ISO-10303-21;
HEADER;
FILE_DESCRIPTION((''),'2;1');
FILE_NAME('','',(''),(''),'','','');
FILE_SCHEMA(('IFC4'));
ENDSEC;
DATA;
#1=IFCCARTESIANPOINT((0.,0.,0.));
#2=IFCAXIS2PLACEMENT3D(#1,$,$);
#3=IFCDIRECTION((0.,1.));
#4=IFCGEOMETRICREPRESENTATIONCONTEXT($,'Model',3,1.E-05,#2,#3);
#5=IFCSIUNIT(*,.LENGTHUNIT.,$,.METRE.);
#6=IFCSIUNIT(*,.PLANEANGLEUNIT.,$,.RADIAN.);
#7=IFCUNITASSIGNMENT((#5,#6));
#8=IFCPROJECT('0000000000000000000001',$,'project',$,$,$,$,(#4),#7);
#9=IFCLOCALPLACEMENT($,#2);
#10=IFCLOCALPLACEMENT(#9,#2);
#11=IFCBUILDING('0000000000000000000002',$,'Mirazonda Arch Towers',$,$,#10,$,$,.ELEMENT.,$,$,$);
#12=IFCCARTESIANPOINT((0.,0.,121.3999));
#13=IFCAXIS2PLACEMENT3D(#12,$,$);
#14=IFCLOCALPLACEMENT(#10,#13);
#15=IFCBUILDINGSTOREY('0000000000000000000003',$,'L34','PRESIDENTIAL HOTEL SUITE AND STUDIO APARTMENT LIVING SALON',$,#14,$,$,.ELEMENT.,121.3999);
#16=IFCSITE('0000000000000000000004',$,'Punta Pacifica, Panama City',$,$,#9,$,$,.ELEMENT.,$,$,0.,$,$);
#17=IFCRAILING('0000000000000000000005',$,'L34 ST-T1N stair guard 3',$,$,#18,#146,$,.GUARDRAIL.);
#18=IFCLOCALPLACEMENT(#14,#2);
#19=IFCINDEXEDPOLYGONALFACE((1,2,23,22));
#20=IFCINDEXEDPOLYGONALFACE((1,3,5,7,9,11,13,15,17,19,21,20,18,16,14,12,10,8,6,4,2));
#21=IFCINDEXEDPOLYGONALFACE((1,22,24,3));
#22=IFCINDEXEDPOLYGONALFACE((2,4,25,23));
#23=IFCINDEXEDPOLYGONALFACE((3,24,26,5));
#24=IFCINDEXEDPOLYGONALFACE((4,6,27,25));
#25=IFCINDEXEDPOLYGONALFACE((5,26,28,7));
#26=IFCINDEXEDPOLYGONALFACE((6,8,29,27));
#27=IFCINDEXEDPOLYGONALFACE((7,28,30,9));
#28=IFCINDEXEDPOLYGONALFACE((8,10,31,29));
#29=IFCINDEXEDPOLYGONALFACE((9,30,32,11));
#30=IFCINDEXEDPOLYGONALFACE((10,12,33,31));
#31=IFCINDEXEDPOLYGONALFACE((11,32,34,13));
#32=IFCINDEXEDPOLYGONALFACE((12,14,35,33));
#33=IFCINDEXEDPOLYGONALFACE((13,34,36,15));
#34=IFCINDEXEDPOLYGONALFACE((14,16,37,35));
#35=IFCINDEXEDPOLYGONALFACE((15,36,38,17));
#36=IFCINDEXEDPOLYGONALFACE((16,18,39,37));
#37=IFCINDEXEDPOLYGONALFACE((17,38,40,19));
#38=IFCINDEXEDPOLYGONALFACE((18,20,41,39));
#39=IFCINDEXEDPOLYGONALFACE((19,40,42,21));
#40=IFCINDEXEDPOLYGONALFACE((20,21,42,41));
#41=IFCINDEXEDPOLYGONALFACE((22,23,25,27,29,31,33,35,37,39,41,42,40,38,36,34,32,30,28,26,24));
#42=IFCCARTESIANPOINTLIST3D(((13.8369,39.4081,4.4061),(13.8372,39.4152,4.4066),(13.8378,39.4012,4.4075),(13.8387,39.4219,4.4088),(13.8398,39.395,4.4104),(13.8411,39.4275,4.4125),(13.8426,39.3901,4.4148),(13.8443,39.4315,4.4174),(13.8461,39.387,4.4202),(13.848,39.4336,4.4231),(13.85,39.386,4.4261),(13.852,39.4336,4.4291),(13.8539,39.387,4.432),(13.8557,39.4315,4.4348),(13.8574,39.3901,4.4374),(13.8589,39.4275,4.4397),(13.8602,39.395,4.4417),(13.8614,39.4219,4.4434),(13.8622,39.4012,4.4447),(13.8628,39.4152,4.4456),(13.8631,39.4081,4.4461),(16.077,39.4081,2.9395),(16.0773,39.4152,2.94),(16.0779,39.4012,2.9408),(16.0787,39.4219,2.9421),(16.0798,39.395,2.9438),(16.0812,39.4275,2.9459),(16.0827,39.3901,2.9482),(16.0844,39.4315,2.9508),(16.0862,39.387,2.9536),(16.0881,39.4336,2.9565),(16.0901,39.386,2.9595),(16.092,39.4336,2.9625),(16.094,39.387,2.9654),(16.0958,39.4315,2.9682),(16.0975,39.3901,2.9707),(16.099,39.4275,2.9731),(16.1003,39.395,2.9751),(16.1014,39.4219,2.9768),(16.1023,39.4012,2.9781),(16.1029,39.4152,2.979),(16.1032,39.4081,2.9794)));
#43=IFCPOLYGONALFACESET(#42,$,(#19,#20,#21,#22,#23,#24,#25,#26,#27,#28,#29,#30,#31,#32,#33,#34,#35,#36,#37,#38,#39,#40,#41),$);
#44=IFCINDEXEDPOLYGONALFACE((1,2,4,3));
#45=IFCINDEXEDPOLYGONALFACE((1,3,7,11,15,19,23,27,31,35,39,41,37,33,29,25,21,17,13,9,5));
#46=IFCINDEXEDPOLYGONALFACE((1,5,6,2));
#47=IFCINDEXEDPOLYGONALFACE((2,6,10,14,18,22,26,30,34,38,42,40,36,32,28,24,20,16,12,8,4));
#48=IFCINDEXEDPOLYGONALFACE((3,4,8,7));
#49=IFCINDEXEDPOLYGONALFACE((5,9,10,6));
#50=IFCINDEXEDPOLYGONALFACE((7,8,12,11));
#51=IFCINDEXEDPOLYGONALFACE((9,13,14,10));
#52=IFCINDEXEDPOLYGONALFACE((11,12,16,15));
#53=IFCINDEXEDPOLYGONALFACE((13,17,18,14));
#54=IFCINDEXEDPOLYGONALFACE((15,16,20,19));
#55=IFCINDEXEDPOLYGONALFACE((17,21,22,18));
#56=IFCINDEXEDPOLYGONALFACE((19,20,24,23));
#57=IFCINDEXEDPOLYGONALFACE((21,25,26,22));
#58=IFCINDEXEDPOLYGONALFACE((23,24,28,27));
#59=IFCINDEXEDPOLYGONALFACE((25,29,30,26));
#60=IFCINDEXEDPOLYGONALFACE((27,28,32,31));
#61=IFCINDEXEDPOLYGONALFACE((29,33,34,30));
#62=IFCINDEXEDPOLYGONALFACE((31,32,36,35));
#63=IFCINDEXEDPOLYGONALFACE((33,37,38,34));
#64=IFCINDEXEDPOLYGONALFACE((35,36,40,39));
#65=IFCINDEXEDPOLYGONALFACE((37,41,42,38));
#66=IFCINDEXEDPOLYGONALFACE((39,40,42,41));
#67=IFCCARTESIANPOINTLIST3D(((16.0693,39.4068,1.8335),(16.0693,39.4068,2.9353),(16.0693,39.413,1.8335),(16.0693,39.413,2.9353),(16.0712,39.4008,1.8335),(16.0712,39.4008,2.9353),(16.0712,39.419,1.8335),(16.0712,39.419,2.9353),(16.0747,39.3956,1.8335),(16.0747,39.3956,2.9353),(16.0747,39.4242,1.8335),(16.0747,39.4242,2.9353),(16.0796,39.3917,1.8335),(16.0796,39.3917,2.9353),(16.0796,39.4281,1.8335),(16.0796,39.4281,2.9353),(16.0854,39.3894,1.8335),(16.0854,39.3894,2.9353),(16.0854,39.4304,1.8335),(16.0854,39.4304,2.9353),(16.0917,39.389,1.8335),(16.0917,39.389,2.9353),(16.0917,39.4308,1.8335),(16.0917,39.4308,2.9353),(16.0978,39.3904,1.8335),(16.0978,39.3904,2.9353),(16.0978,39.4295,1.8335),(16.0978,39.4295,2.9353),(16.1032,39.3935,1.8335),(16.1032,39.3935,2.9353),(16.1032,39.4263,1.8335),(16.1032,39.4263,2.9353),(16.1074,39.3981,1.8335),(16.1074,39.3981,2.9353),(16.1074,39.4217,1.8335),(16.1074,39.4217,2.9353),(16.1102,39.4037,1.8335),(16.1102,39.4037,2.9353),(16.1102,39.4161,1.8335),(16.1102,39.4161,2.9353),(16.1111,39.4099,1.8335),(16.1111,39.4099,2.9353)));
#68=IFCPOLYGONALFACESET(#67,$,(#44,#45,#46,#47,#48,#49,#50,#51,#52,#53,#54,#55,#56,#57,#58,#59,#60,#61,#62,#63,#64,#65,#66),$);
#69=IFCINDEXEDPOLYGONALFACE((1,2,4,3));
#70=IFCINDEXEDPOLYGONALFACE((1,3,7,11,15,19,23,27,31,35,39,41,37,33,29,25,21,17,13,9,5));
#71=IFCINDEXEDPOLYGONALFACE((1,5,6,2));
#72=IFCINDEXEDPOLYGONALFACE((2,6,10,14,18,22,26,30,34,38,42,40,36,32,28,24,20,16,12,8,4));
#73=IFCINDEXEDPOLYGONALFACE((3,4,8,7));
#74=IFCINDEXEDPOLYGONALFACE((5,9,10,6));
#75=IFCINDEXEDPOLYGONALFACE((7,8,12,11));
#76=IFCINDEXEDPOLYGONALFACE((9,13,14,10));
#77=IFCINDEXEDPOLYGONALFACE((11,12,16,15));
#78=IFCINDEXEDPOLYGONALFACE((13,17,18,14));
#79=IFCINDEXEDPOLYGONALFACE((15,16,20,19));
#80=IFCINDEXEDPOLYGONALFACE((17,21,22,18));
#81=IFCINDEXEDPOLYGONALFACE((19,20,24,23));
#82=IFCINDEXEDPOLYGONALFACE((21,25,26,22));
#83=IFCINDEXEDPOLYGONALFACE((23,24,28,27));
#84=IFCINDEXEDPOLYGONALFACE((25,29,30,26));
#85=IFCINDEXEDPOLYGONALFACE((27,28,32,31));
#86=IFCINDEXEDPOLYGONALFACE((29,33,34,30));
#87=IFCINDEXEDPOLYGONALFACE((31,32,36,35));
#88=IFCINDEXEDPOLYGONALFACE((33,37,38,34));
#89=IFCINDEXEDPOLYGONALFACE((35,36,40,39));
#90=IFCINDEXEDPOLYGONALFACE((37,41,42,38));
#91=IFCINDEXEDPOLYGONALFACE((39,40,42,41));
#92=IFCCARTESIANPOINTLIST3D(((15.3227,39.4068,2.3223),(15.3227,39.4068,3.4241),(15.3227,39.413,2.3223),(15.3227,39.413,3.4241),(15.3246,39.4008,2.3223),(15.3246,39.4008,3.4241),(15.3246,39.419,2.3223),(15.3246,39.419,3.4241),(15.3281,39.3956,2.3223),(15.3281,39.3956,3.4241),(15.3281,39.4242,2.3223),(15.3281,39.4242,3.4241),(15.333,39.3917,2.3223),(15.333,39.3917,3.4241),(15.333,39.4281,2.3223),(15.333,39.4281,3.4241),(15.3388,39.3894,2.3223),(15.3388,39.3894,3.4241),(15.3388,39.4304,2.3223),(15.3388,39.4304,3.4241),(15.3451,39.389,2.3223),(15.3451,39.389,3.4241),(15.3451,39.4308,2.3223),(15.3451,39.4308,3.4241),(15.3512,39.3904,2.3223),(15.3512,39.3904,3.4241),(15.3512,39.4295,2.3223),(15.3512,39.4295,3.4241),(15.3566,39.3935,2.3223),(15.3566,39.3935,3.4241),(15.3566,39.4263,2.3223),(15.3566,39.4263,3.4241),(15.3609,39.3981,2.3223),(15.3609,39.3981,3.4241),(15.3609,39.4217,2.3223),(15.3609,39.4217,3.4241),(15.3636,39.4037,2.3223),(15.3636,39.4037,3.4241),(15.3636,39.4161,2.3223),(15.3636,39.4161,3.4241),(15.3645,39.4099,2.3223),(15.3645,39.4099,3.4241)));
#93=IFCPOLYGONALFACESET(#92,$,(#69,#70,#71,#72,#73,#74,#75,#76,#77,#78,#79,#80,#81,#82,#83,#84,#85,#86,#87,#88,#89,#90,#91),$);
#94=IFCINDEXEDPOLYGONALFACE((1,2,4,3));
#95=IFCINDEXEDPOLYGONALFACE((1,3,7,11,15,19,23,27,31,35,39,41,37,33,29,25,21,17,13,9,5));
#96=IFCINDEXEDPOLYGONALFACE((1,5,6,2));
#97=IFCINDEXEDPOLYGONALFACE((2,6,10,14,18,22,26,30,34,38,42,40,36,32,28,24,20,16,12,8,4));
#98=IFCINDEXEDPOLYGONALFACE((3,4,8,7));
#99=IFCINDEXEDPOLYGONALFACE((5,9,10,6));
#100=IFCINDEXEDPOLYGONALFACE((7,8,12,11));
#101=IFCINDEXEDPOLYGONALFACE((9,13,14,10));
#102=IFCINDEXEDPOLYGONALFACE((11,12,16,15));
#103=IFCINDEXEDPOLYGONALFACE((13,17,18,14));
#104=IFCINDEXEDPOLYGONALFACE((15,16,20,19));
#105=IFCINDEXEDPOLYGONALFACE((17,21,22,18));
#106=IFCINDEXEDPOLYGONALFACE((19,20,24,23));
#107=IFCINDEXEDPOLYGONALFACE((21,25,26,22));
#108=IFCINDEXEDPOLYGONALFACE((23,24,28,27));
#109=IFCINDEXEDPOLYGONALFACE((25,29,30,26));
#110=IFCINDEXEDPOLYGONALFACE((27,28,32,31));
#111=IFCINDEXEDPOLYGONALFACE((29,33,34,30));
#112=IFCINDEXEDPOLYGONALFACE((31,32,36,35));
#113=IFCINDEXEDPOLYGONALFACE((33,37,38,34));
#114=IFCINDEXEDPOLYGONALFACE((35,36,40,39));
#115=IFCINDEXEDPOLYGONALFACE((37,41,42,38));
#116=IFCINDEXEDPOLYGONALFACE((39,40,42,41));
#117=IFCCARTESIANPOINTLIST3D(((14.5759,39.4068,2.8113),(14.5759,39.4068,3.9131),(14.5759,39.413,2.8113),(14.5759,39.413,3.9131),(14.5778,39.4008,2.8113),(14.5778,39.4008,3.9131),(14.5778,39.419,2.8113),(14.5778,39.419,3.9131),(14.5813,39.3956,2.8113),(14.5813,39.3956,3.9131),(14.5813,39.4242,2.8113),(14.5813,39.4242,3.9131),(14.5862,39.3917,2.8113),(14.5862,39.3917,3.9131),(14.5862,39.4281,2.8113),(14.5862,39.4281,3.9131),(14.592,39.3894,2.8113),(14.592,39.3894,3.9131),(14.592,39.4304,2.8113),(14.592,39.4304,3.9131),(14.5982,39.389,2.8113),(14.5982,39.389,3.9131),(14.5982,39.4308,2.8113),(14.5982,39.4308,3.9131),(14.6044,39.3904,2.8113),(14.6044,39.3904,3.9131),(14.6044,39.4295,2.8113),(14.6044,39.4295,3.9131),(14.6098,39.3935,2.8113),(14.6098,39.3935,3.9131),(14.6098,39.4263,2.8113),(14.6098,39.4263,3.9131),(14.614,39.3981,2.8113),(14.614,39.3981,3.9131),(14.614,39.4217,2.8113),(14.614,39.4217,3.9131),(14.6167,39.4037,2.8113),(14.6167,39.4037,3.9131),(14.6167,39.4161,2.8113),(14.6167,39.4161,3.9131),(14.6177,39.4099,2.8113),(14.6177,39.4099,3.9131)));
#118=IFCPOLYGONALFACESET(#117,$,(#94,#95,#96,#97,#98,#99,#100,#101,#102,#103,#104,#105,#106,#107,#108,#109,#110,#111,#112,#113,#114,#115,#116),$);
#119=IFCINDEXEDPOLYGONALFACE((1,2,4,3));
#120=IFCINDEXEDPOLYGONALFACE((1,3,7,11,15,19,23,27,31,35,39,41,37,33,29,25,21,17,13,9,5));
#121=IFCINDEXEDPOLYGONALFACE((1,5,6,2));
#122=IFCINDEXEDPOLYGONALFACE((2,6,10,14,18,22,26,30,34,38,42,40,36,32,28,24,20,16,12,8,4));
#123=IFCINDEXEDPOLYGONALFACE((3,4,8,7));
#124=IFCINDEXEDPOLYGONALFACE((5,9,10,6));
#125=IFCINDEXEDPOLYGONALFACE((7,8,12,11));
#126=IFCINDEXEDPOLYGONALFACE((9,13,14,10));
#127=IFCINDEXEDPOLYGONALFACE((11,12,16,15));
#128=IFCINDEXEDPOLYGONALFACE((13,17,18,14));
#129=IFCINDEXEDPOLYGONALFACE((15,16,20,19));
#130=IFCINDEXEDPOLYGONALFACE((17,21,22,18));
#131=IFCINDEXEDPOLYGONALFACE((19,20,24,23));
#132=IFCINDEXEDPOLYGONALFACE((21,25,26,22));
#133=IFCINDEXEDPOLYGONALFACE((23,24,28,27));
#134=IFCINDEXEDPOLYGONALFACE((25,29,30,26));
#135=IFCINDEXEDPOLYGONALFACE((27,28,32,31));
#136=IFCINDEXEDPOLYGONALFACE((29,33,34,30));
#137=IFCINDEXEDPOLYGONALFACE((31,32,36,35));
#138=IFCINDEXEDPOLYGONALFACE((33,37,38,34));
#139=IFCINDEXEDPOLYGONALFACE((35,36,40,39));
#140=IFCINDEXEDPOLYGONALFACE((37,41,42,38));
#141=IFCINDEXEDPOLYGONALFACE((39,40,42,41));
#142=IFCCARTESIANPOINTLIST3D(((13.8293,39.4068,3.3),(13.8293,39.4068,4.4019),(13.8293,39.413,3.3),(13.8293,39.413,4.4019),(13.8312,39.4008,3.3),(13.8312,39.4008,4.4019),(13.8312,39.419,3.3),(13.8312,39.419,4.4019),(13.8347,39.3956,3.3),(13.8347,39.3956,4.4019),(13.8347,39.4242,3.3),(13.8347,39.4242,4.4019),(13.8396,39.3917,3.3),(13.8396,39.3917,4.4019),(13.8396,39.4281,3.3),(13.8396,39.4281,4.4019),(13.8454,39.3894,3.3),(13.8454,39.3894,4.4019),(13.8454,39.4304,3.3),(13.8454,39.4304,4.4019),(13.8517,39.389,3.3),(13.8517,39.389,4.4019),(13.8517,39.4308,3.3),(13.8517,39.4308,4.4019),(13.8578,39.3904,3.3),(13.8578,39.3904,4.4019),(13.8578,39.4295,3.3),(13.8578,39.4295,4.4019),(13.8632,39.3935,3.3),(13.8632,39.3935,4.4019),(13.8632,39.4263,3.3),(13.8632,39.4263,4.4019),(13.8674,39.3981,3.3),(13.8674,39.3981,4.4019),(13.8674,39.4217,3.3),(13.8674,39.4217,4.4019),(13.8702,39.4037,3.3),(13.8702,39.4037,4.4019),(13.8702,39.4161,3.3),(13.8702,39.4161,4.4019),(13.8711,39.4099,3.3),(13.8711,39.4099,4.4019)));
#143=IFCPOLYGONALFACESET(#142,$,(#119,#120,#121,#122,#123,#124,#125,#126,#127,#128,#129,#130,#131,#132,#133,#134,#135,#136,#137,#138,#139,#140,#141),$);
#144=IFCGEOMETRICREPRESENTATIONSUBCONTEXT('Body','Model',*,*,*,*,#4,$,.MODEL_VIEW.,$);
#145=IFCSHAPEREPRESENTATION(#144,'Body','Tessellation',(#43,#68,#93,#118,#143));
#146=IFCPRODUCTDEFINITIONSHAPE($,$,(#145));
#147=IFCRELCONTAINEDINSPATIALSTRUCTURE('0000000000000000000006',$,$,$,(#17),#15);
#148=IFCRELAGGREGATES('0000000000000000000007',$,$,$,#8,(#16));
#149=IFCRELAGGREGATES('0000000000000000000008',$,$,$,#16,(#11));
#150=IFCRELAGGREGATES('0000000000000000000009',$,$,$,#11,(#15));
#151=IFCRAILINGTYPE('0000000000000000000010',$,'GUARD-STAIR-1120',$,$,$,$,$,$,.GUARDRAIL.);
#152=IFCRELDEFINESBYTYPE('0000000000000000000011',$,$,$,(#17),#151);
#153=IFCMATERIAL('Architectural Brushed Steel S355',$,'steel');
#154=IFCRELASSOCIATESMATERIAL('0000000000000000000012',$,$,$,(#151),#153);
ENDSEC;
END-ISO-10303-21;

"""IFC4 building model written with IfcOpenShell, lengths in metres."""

from ifc_helpers import new_model, si_unit, direction, frame, origin, origin_2d, place, context, subcontext, project, spatial, circle, extrude, material, type_object, element, save


model = new_model("IFC4")

# Units and contexts
model_context = context("Model", 3, precision=1e-05, world=origin(), true_north=direction((0.0, 1.0)))
body_context = subcontext(model_context, "Body", "Model", "MODEL_VIEW")
ifc_project = project(units=[si_unit("LENGTHUNIT", "METRE"), si_unit("PLANEANGLEUNIT", "RADIAN")], contexts=[model_context])

# Site, building, storey
site_placement = place(None, origin())
site = spatial("IfcSite", under=ifc_project, at=site_placement, Name="Punta Pacifica, Panama City", CompositionType="ELEMENT", RefElevation=0.0)
building_placement = place(site_placement, origin())
building = spatial("IfcBuilding", under=site, at=building_placement, Name="Mirazonda Arch Towers", CompositionType="ELEMENT")
storey_placement = place(building_placement, frame((0.0, 0.0, 121.3999)))
storey = spatial("IfcBuildingStorey", under=building, at=storey_placement, Name="L34", Description="PRESIDENTIAL HOTEL SUITE AND STUDIO APARTMENT LIVING SALON", CompositionType="ELEMENT", Elevation=121.3999)

# Shared definitions
ifc_material_1 = material(Name="Architectural Brushed Steel S355", Category="steel")

# Railing
railing_type_1 = type_object("IfcRailingType", Name="GUARD-STAIR-1120", PredefinedType="GUARDRAIL", material=ifc_material_1)
railing_1_placement = place(storey_placement, frame((16.0901, 39.4099, 1.8335)))
element("IfcRailing", 1, at=railing_1_placement, inside=storey, type_object=railing_type_1, Name="L34 ST-T1N stair guard 3", PredefinedType="GUARDRAIL", context=body_context, shape_type="SweptSolid", body=[
    extrude(circle(Radius=0.0239, at=origin_2d()), frame((0.0, 0.0, 1.126), z_axis=(-0.836637, 0.0, 0.547758), x_axis=(0.0, -1.0, 0.0)), (0.0, 0.0, 1.0), 2.6775),
    extrude(circle(Radius=0.021, at=origin_2d()), origin(), (0.0, 0.0, 1.0), 1.1018),
    extrude(circle(Radius=0.021, at=origin_2d()), frame((-0.7466, 0.0, 0.4888)), (0.0, 0.0, 1.0), 1.1018),
    extrude(circle(Radius=0.021, at=origin_2d()), frame((-1.4934, 0.0, 0.9778)), (0.0, 0.0, 1.0), 1.1018),
    extrude(circle(Radius=0.021, at=origin_2d()), frame((-2.24, 0.0, 1.4666)), (0.0, 0.0, 1.0), 1.1018),
])

save(model, "model.ifc")
